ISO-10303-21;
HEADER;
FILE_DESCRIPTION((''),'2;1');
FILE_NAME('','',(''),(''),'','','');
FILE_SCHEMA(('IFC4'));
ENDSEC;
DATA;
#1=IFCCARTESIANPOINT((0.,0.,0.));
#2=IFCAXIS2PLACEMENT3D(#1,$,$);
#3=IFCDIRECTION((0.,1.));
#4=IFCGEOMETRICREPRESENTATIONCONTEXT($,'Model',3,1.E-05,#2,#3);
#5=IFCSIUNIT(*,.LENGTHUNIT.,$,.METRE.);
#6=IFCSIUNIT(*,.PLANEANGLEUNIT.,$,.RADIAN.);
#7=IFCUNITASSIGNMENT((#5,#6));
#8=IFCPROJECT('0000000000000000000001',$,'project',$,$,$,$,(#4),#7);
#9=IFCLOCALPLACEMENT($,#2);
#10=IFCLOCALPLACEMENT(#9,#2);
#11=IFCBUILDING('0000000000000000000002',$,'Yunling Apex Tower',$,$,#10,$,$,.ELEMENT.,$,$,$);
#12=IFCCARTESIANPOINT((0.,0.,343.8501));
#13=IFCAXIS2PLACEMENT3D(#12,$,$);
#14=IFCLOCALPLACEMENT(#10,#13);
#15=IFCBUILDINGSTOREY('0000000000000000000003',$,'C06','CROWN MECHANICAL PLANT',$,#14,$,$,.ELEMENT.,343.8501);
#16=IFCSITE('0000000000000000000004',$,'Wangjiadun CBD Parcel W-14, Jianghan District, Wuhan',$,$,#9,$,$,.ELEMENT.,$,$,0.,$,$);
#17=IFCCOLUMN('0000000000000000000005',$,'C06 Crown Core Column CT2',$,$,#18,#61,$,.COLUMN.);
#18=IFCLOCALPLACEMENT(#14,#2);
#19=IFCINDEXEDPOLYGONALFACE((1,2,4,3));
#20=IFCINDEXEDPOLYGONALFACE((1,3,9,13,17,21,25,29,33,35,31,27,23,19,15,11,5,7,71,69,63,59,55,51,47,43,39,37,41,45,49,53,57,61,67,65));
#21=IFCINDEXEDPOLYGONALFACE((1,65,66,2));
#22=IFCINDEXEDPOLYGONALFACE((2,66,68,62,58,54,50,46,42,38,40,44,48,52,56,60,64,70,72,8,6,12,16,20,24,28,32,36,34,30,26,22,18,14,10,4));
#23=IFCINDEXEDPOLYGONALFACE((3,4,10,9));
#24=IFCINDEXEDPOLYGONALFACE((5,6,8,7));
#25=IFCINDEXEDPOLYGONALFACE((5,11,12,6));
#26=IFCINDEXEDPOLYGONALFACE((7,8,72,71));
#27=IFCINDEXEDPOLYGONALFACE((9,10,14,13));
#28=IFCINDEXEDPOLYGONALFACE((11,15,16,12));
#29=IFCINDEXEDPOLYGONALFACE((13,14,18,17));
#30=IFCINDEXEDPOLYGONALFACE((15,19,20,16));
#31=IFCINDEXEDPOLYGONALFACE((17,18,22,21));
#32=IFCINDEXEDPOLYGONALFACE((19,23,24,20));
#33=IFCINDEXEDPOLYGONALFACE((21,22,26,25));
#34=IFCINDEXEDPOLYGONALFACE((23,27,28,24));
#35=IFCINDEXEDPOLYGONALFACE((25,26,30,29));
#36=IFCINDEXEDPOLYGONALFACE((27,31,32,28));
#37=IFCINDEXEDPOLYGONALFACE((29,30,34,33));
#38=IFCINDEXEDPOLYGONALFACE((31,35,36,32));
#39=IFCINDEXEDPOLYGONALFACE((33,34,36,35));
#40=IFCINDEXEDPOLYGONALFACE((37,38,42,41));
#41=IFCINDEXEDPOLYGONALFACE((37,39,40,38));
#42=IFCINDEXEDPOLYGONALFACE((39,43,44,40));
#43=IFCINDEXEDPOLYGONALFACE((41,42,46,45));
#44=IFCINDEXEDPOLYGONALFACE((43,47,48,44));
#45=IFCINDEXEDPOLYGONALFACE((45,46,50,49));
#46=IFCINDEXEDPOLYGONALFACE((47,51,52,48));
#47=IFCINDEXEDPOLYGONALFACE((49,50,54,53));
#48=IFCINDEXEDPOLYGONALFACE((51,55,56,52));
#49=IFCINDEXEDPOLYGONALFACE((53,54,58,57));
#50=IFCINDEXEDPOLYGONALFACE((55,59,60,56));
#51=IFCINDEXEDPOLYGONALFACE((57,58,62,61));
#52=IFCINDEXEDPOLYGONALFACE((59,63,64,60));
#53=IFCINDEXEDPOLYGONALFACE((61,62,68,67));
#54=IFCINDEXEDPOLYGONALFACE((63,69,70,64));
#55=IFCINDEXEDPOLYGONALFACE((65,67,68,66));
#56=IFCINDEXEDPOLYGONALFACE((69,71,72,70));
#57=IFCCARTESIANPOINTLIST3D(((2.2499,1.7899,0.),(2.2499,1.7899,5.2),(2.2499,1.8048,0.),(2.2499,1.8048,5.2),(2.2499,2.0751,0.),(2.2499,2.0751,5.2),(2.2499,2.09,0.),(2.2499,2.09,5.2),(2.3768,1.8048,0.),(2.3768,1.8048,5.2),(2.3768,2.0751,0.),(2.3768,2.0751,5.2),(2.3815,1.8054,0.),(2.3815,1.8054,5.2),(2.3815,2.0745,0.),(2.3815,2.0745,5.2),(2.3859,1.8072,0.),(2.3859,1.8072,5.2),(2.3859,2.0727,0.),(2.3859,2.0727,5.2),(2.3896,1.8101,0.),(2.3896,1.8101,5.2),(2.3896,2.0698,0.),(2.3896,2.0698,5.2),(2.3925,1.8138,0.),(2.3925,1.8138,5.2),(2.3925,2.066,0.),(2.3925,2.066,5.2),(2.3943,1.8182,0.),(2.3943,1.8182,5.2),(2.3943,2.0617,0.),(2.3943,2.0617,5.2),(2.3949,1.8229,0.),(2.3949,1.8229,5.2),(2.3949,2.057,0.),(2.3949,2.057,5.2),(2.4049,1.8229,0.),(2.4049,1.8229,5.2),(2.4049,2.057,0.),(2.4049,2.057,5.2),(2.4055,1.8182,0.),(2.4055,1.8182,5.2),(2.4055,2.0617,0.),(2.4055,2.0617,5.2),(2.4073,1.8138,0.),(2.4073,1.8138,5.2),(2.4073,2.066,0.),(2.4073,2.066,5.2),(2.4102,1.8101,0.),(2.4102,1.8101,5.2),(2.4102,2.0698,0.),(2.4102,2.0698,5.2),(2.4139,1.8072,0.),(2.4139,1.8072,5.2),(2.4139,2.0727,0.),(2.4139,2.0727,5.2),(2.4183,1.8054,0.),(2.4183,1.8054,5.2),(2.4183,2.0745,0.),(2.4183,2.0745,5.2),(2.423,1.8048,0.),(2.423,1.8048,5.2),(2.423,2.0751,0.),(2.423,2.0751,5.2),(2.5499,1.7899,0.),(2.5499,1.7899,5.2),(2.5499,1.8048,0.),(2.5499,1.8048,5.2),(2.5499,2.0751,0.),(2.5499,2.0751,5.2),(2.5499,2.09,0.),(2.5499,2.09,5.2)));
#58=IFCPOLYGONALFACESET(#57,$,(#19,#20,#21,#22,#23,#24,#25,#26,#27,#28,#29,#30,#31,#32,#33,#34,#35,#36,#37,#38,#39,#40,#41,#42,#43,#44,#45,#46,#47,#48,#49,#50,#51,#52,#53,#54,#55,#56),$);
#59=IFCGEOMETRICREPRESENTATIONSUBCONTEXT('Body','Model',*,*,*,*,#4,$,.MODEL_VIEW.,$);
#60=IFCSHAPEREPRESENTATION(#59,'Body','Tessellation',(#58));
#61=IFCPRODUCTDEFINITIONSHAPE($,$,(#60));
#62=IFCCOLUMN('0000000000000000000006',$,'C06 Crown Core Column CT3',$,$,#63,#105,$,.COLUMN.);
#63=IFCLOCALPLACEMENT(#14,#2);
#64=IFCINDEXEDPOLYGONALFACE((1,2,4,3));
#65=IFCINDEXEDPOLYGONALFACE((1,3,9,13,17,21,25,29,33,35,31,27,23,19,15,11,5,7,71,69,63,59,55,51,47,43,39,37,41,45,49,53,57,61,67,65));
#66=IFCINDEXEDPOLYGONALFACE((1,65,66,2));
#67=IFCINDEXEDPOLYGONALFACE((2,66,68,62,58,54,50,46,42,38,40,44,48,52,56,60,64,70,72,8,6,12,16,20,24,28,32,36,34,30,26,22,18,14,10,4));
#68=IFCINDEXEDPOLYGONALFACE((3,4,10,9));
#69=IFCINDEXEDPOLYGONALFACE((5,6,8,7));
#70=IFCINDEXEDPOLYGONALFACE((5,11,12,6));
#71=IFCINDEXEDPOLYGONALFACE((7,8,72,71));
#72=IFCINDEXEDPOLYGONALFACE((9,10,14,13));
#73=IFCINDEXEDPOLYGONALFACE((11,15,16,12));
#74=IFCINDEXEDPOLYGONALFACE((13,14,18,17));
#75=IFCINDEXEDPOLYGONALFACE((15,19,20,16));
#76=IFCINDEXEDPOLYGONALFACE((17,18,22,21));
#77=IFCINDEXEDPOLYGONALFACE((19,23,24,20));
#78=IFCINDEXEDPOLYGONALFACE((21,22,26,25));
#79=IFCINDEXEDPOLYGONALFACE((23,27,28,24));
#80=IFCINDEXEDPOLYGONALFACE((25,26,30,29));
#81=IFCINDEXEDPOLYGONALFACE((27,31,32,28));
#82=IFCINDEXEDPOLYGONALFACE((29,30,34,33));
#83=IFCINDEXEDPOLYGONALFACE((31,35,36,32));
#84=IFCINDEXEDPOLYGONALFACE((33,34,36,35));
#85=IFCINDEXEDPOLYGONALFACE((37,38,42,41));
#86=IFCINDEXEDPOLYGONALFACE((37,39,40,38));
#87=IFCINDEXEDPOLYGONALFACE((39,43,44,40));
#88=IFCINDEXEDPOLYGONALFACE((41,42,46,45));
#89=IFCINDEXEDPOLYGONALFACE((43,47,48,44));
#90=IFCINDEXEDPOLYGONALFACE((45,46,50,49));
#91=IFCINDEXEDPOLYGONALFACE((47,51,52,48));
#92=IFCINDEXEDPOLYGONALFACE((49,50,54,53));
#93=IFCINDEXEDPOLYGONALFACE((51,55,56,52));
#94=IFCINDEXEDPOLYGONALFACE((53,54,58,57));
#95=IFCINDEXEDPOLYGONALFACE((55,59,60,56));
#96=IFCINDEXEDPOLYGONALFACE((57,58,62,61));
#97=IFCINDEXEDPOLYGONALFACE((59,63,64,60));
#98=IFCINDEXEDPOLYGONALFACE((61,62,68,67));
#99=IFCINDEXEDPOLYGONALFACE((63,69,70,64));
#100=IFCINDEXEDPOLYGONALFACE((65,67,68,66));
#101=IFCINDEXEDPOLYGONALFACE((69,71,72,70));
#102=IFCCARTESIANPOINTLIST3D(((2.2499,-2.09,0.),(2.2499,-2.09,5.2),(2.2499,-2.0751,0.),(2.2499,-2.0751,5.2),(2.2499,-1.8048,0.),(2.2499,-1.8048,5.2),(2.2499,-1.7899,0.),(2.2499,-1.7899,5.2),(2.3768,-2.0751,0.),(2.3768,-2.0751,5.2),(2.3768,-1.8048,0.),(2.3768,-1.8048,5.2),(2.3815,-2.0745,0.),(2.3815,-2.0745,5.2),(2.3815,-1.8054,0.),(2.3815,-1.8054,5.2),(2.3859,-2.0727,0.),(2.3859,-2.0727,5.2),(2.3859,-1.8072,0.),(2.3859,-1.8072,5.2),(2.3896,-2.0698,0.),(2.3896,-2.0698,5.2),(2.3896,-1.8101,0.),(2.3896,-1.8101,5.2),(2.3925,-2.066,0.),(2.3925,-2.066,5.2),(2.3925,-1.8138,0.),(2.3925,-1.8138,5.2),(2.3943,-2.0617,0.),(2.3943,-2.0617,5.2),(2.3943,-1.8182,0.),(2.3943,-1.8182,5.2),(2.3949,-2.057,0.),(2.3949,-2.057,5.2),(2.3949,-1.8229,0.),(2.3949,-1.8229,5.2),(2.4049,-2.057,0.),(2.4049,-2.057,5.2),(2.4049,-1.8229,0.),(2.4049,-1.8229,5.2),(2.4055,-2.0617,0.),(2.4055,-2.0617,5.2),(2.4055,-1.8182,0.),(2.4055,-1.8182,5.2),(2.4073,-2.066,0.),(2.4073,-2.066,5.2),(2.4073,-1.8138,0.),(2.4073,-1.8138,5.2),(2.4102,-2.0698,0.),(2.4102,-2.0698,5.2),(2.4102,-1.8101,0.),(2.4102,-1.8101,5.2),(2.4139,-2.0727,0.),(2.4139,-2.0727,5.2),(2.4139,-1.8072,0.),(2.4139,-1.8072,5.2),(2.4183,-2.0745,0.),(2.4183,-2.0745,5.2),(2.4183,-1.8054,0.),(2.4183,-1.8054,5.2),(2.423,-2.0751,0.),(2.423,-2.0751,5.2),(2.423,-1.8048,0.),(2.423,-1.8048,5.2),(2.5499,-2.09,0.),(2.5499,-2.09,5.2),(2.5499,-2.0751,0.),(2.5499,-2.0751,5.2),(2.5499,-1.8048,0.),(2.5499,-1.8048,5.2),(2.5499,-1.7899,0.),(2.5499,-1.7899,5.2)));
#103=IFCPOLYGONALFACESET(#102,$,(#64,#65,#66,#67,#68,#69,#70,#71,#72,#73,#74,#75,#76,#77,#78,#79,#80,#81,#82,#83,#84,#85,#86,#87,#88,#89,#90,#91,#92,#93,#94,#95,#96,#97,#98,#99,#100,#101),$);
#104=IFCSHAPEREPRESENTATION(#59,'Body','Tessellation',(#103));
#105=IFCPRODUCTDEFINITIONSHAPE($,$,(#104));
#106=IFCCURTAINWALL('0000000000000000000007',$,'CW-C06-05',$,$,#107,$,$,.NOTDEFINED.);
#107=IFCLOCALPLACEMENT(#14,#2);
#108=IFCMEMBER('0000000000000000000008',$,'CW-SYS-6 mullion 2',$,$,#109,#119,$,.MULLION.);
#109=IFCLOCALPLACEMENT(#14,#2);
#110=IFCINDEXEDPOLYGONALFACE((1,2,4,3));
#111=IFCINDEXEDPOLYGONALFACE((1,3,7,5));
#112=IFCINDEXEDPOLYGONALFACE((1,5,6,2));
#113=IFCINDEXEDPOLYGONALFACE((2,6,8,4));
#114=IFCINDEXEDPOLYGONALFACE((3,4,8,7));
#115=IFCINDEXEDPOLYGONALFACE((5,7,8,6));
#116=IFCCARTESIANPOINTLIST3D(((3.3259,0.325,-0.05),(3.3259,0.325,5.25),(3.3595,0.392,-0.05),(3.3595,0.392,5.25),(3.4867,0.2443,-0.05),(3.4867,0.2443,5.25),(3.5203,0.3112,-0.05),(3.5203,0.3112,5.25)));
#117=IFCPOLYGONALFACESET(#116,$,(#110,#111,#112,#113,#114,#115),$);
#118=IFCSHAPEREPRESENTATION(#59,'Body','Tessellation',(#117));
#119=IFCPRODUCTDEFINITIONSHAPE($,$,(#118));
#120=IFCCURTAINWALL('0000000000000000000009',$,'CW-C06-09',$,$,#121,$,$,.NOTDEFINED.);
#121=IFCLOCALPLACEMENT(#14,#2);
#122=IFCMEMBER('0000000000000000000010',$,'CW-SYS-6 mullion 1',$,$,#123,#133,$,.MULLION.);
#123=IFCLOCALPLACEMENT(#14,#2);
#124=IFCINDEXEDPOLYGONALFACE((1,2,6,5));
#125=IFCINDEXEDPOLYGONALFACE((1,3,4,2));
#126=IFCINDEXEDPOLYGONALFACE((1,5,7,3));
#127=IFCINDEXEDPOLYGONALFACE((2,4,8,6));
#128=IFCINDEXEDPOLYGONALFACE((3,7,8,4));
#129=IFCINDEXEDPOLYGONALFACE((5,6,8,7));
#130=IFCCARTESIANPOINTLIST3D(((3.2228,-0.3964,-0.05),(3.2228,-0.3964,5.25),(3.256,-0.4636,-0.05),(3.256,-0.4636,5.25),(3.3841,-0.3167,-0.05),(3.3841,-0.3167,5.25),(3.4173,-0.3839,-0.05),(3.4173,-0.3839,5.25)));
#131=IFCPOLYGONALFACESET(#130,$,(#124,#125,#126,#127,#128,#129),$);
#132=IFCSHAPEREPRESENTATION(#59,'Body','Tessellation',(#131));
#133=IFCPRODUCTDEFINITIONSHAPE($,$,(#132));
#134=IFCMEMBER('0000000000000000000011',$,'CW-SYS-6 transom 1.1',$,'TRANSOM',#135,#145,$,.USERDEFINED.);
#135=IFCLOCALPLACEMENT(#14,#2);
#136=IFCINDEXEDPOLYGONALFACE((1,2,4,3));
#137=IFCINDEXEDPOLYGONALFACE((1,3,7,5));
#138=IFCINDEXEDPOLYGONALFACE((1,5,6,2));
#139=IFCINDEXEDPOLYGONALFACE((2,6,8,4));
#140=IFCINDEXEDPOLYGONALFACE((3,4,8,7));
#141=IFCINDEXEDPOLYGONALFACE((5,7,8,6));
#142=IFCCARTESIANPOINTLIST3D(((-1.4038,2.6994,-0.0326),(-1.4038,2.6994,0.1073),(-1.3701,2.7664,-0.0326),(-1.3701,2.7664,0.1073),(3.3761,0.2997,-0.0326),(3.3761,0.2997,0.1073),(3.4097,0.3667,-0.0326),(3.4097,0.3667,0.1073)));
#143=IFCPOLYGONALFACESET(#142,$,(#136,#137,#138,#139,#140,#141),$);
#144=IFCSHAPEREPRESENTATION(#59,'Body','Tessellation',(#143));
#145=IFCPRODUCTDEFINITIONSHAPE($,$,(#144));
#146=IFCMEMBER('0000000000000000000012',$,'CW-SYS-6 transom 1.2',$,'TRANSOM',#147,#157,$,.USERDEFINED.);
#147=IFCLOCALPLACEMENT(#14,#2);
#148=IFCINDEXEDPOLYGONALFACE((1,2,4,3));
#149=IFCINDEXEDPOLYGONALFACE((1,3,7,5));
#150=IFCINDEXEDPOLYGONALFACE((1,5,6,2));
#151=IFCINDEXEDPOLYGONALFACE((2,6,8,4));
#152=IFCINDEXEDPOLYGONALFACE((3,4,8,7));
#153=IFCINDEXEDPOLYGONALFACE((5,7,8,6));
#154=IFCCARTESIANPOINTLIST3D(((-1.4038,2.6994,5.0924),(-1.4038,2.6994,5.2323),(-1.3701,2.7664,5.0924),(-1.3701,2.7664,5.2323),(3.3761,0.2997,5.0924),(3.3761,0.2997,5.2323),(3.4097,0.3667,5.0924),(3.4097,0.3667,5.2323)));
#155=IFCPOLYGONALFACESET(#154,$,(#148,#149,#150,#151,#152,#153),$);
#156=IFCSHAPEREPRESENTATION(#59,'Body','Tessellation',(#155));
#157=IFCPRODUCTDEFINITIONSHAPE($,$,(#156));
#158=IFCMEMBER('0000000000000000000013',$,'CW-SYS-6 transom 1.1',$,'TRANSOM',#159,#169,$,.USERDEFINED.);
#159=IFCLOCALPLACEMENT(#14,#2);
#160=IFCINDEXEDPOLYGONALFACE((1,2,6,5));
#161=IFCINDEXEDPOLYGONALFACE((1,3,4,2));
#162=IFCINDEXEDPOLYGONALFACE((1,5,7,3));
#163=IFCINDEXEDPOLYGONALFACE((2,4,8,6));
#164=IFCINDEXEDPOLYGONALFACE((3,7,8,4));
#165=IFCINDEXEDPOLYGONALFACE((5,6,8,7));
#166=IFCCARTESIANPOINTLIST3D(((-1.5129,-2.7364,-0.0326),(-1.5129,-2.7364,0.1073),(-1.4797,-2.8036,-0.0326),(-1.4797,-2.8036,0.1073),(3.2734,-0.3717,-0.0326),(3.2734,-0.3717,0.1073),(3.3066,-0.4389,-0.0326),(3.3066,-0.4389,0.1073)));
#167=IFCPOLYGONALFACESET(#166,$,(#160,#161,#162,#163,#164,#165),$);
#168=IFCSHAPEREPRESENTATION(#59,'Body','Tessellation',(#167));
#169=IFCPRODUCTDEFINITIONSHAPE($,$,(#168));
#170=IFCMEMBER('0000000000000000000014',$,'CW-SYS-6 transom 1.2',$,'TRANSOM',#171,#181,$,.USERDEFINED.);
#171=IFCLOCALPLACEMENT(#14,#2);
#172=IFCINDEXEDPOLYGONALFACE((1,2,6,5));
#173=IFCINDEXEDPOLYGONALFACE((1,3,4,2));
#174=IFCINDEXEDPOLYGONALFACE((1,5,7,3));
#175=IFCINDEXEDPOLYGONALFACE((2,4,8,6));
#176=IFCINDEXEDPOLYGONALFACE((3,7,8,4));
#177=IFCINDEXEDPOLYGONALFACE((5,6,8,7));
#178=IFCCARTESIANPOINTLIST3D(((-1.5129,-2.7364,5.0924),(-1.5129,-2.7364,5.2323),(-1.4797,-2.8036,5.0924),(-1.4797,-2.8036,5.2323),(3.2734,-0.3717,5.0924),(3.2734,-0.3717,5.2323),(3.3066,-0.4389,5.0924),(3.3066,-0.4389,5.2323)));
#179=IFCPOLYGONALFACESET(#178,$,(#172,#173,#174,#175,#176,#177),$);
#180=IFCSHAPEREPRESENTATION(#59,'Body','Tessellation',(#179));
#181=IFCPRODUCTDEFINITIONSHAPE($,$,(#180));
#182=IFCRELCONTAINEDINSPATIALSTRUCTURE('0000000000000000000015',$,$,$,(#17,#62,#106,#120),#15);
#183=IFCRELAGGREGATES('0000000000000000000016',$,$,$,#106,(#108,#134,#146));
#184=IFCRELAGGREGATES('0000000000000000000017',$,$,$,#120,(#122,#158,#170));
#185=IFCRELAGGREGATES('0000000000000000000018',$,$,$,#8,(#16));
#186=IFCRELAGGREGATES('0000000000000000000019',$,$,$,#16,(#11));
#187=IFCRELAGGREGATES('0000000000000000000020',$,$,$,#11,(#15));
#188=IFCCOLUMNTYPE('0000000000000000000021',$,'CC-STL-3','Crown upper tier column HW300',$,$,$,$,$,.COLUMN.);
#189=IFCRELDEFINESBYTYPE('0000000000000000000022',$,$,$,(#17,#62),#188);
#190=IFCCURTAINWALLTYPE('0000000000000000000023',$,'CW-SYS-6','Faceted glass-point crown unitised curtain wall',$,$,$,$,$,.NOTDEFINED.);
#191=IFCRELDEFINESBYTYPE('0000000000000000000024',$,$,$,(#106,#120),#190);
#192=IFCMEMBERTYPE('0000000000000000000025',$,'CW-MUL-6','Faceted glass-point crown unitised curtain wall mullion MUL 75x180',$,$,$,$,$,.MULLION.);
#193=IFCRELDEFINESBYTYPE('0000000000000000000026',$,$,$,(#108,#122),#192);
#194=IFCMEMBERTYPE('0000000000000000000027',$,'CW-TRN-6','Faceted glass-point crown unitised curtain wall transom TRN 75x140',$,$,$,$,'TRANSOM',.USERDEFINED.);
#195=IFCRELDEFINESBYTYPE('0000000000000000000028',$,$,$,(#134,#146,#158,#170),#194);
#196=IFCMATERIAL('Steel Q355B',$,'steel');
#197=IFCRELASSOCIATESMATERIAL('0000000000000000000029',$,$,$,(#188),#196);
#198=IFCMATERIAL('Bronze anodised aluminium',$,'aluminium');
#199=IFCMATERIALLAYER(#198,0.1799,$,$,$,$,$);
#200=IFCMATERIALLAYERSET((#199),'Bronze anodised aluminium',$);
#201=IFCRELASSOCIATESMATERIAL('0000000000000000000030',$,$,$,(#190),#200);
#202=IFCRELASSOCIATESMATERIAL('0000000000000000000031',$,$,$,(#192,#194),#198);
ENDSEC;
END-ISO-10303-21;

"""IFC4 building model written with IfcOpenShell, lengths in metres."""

from ifc_helpers import new_model, si_unit, direction, frame, origin, origin_2d, place, context, subcontext, project, spatial, rectangle, i_section, extrude, source, transform, mapped, material, layer, layer_set, material_profile, profile_set, type_object, element, aggregate, save


model = new_model("IFC4")

# Units and contexts
model_context = context("Model", 3, precision=1e-05, world=origin(), true_north=direction((0.0, 1.0)))
body_context = subcontext(model_context, "Body", "Model", "MODEL_VIEW")
ifc_project = project(units=[si_unit("LENGTHUNIT", "METRE"), si_unit("PLANEANGLEUNIT", "RADIAN")], contexts=[model_context])

# Site, building, storey
site_placement = place(None, origin())
site = spatial("IfcSite", under=ifc_project, at=site_placement, Name="Wangjiadun CBD Parcel W-14, Jianghan District, Wuhan", CompositionType="ELEMENT", RefElevation=0.0)
building_placement = place(site_placement, origin())
building = spatial("IfcBuilding", under=site, at=building_placement, Name="Yunling Apex Tower", CompositionType="ELEMENT")
storey_placement = place(building_placement, frame((0.0, 0.0, 343.8501)))
storey = spatial("IfcBuildingStorey", under=building, at=storey_placement, Name="C06", Description="CROWN MECHANICAL PLANT", CompositionType="ELEMENT", Elevation=343.8501)

# Columns
ifc_material_1 = material(Name="Steel Q355B", Category="steel")
ifc_material_profile_1 = material_profile(ifc_material_1, i_section(OverallWidth=0.3, OverallDepth=0.3, WebThickness=0.01, FlangeThickness=0.0149, FilletRadius=0.0181, at=origin_2d()))
ifc_profile_set_1 = profile_set([ifc_material_profile_1], Name="Steel Q355B")
column_type = type_object("IfcColumnType", Name="CC-STL-3", Description="Crown upper tier column HW300", PredefinedType="COLUMN", material=ifc_profile_set_1)
shared_shape_1 = source(origin(), body_context, "Body", "SweptSolid", [
    extrude(i_section(OverallWidth=0.3, OverallDepth=0.3, WebThickness=0.01, FlangeThickness=0.0149, FilletRadius=0.0181, at=origin_2d()), origin(), (0.0, 0.0, 1.0), 5.2),
])
for number, where, z_axis, x_axis, name in (
    (1, (2.3999, 1.9399, 0.0), (0.0, 0.0, 1.0), (1.0, 0.0, 0.0), "C06 Crown Core Column CT2"),
    (2, (2.3999, -1.9399, 0.0), (0.0, 0.0, 1.0), (1.0, 0.0, 0.0), "C06 Crown Core Column CT3"),
):
    element("IfcColumn", number, at=place(storey_placement, frame(where, z_axis=z_axis, x_axis=x_axis)), inside=storey, type_object=column_type, Name=name, PredefinedType="COLUMN", context=body_context, shape_type="MappedRepresentation", body=[
        mapped(shared_shape_1, transform((0.0, 0.0, 0.0), scale=1.0)),
    ])

# Curtain walls, members
ifc_material_2 = material(Name="Bronze anodised aluminium", Category="aluminium")
ifc_layer_1 = layer(ifc_material_2, 0.1799)
ifc_layer_set_1 = layer_set([ifc_layer_1], Name="Bronze anodised aluminium")
curtain_wall_type = type_object("IfcCurtainWallType", Name="CW-SYS-6", Description="Faceted glass-point crown unitised curtain wall", PredefinedType="NOTDEFINED", material=ifc_layer_set_1)
curtain_wall_1_placement = place(storey_placement, origin())
curtain_wall_1 = element("IfcCurtainWall", 3, at=curtain_wall_1_placement, inside=storey, type_object=curtain_wall_type, Name="CW-C06-05", PredefinedType="NOTDEFINED")
ifc_material_profile_2 = material_profile(ifc_material_2, rectangle(XDim=0.075, YDim=0.1799, at=origin_2d()))
ifc_profile_set_2 = profile_set([ifc_material_profile_2], Name="Bronze anodised aluminium")
member_type_1 = type_object("IfcMemberType", Name="CW-MUL-6", Description="Faceted glass-point crown unitised curtain wall mullion MUL 75x180", PredefinedType="MULLION", material=ifc_profile_set_2)
shared_shape_2 = source(origin(), body_context, "Body", "SweptSolid", [
    extrude(rectangle(XDim=0.075, YDim=0.1799, at=origin_2d()), origin(), (0.0, 0.0, 1.0), 5.3),
])
member_1_placement = place(storey_placement, frame((3.4231, 0.3181, -0.05), z_axis=(0.0, 0.0, 1.0), x_axis=(0.448685, 0.89369, 0.0)))
member_1 = element("IfcMember", 4, at=member_1_placement, type_object=member_type_1, Name="CW-SYS-6 mullion 2", PredefinedType="MULLION", context=body_context, shape_type="MappedRepresentation", body=[
    mapped(shared_shape_2, transform((0.0, 0.0, 0.0), scale=1.0)),
])
curtain_wall_2_placement = place(storey_placement, origin())
curtain_wall_2 = element("IfcCurtainWall", 5, at=curtain_wall_2_placement, inside=storey, type_object=curtain_wall_type, Name="CW-C06-09", PredefinedType="NOTDEFINED")
member_2_placement = place(storey_placement, frame((3.3201, -0.3901, -0.05), z_axis=(0.0, 0.0, 1.0), x_axis=(0.442968, -0.896537, 0.0)))
member_2 = element("IfcMember", 6, at=member_2_placement, type_object=member_type_1, Name="CW-SYS-6 mullion 1", PredefinedType="MULLION", context=body_context, shape_type="MappedRepresentation", body=[
    mapped(shared_shape_2, transform((0.0, 0.0, 0.0), scale=1.0)),
])

# Members
ifc_material_profile_3 = material_profile(ifc_material_2, rectangle(XDim=0.075, YDim=0.1399, at=origin_2d()))
ifc_profile_set_3 = profile_set([ifc_material_profile_3], Name="Bronze anodised aluminium")
member_type_2 = type_object("IfcMemberType", Name="CW-TRN-6", Description="Faceted glass-point crown unitised curtain wall transom TRN 75x140", ElementType="TRANSOM", PredefinedType="USERDEFINED", material=ifc_profile_set_3)
shared_shape_3 = source(origin(), body_context, "Body", "SweptSolid", [
    extrude(rectangle(XDim=0.075, YDim=0.1399, at=origin_2d()), origin(), (0.0, 0.0, 1.0), 5.3484),
])
member_3_placement = place(storey_placement, frame((-1.387, 2.7329, 0.0374), z_axis=(0.893696, -0.448674, 0.0), x_axis=(0.448674, 0.893696, 0.0)))
member_3 = element("IfcMember", 7, at=member_3_placement, type_object=member_type_2, Name="CW-SYS-6 transom 1.1", ObjectType="TRANSOM", PredefinedType="USERDEFINED", context=body_context, shape_type="MappedRepresentation", body=[
    mapped(shared_shape_3, transform((0.0, 0.0, 0.0), scale=1.0)),
])
member_4_placement = place(storey_placement, frame((-1.387, 2.7329, 5.1624), z_axis=(0.893696, -0.448674, 0.0), x_axis=(0.448674, 0.893696, 0.0)))
member_4 = element("IfcMember", 8, at=member_4_placement, type_object=member_type_2, Name="CW-SYS-6 transom 1.2", ObjectType="TRANSOM", PredefinedType="USERDEFINED", context=body_context, shape_type="MappedRepresentation", body=[
    mapped(shared_shape_3, transform((0.0, 0.0, 0.0), scale=1.0)),
])
shared_shape_4 = source(origin(), body_context, "Body", "SweptSolid", [
    extrude(rectangle(XDim=0.075, YDim=0.1399, at=origin_2d()), origin(), (0.0, 0.0, 1.0), 5.3386),
])
member_5_placement = place(storey_placement, frame((3.29, -0.4053, 0.0374), z_axis=(-0.896548, -0.442946, 0.0), x_axis=(0.442946, -0.896548, 0.0)))
member_5 = element("IfcMember", 9, at=member_5_placement, type_object=member_type_2, Name="CW-SYS-6 transom 1.1", ObjectType="TRANSOM", PredefinedType="USERDEFINED", context=body_context, shape_type="MappedRepresentation", body=[
    mapped(shared_shape_4, transform((0.0, 0.0, 0.0), scale=1.0)),
])
member_6_placement = place(storey_placement, frame((3.29, -0.4053, 5.1624), z_axis=(-0.896548, -0.442946, 0.0), x_axis=(0.442946, -0.896548, 0.0)))
member_6 = element("IfcMember", 10, at=member_6_placement, type_object=member_type_2, Name="CW-SYS-6 transom 1.2", ObjectType="TRANSOM", PredefinedType="USERDEFINED", context=body_context, shape_type="MappedRepresentation", body=[
    mapped(shared_shape_4, transform((0.0, 0.0, 0.0), scale=1.0)),
])

aggregate(curtain_wall_1, [member_1, member_3, member_4])
aggregate(curtain_wall_2, [member_2, member_5, member_6])

save(model, "model.ifc")
